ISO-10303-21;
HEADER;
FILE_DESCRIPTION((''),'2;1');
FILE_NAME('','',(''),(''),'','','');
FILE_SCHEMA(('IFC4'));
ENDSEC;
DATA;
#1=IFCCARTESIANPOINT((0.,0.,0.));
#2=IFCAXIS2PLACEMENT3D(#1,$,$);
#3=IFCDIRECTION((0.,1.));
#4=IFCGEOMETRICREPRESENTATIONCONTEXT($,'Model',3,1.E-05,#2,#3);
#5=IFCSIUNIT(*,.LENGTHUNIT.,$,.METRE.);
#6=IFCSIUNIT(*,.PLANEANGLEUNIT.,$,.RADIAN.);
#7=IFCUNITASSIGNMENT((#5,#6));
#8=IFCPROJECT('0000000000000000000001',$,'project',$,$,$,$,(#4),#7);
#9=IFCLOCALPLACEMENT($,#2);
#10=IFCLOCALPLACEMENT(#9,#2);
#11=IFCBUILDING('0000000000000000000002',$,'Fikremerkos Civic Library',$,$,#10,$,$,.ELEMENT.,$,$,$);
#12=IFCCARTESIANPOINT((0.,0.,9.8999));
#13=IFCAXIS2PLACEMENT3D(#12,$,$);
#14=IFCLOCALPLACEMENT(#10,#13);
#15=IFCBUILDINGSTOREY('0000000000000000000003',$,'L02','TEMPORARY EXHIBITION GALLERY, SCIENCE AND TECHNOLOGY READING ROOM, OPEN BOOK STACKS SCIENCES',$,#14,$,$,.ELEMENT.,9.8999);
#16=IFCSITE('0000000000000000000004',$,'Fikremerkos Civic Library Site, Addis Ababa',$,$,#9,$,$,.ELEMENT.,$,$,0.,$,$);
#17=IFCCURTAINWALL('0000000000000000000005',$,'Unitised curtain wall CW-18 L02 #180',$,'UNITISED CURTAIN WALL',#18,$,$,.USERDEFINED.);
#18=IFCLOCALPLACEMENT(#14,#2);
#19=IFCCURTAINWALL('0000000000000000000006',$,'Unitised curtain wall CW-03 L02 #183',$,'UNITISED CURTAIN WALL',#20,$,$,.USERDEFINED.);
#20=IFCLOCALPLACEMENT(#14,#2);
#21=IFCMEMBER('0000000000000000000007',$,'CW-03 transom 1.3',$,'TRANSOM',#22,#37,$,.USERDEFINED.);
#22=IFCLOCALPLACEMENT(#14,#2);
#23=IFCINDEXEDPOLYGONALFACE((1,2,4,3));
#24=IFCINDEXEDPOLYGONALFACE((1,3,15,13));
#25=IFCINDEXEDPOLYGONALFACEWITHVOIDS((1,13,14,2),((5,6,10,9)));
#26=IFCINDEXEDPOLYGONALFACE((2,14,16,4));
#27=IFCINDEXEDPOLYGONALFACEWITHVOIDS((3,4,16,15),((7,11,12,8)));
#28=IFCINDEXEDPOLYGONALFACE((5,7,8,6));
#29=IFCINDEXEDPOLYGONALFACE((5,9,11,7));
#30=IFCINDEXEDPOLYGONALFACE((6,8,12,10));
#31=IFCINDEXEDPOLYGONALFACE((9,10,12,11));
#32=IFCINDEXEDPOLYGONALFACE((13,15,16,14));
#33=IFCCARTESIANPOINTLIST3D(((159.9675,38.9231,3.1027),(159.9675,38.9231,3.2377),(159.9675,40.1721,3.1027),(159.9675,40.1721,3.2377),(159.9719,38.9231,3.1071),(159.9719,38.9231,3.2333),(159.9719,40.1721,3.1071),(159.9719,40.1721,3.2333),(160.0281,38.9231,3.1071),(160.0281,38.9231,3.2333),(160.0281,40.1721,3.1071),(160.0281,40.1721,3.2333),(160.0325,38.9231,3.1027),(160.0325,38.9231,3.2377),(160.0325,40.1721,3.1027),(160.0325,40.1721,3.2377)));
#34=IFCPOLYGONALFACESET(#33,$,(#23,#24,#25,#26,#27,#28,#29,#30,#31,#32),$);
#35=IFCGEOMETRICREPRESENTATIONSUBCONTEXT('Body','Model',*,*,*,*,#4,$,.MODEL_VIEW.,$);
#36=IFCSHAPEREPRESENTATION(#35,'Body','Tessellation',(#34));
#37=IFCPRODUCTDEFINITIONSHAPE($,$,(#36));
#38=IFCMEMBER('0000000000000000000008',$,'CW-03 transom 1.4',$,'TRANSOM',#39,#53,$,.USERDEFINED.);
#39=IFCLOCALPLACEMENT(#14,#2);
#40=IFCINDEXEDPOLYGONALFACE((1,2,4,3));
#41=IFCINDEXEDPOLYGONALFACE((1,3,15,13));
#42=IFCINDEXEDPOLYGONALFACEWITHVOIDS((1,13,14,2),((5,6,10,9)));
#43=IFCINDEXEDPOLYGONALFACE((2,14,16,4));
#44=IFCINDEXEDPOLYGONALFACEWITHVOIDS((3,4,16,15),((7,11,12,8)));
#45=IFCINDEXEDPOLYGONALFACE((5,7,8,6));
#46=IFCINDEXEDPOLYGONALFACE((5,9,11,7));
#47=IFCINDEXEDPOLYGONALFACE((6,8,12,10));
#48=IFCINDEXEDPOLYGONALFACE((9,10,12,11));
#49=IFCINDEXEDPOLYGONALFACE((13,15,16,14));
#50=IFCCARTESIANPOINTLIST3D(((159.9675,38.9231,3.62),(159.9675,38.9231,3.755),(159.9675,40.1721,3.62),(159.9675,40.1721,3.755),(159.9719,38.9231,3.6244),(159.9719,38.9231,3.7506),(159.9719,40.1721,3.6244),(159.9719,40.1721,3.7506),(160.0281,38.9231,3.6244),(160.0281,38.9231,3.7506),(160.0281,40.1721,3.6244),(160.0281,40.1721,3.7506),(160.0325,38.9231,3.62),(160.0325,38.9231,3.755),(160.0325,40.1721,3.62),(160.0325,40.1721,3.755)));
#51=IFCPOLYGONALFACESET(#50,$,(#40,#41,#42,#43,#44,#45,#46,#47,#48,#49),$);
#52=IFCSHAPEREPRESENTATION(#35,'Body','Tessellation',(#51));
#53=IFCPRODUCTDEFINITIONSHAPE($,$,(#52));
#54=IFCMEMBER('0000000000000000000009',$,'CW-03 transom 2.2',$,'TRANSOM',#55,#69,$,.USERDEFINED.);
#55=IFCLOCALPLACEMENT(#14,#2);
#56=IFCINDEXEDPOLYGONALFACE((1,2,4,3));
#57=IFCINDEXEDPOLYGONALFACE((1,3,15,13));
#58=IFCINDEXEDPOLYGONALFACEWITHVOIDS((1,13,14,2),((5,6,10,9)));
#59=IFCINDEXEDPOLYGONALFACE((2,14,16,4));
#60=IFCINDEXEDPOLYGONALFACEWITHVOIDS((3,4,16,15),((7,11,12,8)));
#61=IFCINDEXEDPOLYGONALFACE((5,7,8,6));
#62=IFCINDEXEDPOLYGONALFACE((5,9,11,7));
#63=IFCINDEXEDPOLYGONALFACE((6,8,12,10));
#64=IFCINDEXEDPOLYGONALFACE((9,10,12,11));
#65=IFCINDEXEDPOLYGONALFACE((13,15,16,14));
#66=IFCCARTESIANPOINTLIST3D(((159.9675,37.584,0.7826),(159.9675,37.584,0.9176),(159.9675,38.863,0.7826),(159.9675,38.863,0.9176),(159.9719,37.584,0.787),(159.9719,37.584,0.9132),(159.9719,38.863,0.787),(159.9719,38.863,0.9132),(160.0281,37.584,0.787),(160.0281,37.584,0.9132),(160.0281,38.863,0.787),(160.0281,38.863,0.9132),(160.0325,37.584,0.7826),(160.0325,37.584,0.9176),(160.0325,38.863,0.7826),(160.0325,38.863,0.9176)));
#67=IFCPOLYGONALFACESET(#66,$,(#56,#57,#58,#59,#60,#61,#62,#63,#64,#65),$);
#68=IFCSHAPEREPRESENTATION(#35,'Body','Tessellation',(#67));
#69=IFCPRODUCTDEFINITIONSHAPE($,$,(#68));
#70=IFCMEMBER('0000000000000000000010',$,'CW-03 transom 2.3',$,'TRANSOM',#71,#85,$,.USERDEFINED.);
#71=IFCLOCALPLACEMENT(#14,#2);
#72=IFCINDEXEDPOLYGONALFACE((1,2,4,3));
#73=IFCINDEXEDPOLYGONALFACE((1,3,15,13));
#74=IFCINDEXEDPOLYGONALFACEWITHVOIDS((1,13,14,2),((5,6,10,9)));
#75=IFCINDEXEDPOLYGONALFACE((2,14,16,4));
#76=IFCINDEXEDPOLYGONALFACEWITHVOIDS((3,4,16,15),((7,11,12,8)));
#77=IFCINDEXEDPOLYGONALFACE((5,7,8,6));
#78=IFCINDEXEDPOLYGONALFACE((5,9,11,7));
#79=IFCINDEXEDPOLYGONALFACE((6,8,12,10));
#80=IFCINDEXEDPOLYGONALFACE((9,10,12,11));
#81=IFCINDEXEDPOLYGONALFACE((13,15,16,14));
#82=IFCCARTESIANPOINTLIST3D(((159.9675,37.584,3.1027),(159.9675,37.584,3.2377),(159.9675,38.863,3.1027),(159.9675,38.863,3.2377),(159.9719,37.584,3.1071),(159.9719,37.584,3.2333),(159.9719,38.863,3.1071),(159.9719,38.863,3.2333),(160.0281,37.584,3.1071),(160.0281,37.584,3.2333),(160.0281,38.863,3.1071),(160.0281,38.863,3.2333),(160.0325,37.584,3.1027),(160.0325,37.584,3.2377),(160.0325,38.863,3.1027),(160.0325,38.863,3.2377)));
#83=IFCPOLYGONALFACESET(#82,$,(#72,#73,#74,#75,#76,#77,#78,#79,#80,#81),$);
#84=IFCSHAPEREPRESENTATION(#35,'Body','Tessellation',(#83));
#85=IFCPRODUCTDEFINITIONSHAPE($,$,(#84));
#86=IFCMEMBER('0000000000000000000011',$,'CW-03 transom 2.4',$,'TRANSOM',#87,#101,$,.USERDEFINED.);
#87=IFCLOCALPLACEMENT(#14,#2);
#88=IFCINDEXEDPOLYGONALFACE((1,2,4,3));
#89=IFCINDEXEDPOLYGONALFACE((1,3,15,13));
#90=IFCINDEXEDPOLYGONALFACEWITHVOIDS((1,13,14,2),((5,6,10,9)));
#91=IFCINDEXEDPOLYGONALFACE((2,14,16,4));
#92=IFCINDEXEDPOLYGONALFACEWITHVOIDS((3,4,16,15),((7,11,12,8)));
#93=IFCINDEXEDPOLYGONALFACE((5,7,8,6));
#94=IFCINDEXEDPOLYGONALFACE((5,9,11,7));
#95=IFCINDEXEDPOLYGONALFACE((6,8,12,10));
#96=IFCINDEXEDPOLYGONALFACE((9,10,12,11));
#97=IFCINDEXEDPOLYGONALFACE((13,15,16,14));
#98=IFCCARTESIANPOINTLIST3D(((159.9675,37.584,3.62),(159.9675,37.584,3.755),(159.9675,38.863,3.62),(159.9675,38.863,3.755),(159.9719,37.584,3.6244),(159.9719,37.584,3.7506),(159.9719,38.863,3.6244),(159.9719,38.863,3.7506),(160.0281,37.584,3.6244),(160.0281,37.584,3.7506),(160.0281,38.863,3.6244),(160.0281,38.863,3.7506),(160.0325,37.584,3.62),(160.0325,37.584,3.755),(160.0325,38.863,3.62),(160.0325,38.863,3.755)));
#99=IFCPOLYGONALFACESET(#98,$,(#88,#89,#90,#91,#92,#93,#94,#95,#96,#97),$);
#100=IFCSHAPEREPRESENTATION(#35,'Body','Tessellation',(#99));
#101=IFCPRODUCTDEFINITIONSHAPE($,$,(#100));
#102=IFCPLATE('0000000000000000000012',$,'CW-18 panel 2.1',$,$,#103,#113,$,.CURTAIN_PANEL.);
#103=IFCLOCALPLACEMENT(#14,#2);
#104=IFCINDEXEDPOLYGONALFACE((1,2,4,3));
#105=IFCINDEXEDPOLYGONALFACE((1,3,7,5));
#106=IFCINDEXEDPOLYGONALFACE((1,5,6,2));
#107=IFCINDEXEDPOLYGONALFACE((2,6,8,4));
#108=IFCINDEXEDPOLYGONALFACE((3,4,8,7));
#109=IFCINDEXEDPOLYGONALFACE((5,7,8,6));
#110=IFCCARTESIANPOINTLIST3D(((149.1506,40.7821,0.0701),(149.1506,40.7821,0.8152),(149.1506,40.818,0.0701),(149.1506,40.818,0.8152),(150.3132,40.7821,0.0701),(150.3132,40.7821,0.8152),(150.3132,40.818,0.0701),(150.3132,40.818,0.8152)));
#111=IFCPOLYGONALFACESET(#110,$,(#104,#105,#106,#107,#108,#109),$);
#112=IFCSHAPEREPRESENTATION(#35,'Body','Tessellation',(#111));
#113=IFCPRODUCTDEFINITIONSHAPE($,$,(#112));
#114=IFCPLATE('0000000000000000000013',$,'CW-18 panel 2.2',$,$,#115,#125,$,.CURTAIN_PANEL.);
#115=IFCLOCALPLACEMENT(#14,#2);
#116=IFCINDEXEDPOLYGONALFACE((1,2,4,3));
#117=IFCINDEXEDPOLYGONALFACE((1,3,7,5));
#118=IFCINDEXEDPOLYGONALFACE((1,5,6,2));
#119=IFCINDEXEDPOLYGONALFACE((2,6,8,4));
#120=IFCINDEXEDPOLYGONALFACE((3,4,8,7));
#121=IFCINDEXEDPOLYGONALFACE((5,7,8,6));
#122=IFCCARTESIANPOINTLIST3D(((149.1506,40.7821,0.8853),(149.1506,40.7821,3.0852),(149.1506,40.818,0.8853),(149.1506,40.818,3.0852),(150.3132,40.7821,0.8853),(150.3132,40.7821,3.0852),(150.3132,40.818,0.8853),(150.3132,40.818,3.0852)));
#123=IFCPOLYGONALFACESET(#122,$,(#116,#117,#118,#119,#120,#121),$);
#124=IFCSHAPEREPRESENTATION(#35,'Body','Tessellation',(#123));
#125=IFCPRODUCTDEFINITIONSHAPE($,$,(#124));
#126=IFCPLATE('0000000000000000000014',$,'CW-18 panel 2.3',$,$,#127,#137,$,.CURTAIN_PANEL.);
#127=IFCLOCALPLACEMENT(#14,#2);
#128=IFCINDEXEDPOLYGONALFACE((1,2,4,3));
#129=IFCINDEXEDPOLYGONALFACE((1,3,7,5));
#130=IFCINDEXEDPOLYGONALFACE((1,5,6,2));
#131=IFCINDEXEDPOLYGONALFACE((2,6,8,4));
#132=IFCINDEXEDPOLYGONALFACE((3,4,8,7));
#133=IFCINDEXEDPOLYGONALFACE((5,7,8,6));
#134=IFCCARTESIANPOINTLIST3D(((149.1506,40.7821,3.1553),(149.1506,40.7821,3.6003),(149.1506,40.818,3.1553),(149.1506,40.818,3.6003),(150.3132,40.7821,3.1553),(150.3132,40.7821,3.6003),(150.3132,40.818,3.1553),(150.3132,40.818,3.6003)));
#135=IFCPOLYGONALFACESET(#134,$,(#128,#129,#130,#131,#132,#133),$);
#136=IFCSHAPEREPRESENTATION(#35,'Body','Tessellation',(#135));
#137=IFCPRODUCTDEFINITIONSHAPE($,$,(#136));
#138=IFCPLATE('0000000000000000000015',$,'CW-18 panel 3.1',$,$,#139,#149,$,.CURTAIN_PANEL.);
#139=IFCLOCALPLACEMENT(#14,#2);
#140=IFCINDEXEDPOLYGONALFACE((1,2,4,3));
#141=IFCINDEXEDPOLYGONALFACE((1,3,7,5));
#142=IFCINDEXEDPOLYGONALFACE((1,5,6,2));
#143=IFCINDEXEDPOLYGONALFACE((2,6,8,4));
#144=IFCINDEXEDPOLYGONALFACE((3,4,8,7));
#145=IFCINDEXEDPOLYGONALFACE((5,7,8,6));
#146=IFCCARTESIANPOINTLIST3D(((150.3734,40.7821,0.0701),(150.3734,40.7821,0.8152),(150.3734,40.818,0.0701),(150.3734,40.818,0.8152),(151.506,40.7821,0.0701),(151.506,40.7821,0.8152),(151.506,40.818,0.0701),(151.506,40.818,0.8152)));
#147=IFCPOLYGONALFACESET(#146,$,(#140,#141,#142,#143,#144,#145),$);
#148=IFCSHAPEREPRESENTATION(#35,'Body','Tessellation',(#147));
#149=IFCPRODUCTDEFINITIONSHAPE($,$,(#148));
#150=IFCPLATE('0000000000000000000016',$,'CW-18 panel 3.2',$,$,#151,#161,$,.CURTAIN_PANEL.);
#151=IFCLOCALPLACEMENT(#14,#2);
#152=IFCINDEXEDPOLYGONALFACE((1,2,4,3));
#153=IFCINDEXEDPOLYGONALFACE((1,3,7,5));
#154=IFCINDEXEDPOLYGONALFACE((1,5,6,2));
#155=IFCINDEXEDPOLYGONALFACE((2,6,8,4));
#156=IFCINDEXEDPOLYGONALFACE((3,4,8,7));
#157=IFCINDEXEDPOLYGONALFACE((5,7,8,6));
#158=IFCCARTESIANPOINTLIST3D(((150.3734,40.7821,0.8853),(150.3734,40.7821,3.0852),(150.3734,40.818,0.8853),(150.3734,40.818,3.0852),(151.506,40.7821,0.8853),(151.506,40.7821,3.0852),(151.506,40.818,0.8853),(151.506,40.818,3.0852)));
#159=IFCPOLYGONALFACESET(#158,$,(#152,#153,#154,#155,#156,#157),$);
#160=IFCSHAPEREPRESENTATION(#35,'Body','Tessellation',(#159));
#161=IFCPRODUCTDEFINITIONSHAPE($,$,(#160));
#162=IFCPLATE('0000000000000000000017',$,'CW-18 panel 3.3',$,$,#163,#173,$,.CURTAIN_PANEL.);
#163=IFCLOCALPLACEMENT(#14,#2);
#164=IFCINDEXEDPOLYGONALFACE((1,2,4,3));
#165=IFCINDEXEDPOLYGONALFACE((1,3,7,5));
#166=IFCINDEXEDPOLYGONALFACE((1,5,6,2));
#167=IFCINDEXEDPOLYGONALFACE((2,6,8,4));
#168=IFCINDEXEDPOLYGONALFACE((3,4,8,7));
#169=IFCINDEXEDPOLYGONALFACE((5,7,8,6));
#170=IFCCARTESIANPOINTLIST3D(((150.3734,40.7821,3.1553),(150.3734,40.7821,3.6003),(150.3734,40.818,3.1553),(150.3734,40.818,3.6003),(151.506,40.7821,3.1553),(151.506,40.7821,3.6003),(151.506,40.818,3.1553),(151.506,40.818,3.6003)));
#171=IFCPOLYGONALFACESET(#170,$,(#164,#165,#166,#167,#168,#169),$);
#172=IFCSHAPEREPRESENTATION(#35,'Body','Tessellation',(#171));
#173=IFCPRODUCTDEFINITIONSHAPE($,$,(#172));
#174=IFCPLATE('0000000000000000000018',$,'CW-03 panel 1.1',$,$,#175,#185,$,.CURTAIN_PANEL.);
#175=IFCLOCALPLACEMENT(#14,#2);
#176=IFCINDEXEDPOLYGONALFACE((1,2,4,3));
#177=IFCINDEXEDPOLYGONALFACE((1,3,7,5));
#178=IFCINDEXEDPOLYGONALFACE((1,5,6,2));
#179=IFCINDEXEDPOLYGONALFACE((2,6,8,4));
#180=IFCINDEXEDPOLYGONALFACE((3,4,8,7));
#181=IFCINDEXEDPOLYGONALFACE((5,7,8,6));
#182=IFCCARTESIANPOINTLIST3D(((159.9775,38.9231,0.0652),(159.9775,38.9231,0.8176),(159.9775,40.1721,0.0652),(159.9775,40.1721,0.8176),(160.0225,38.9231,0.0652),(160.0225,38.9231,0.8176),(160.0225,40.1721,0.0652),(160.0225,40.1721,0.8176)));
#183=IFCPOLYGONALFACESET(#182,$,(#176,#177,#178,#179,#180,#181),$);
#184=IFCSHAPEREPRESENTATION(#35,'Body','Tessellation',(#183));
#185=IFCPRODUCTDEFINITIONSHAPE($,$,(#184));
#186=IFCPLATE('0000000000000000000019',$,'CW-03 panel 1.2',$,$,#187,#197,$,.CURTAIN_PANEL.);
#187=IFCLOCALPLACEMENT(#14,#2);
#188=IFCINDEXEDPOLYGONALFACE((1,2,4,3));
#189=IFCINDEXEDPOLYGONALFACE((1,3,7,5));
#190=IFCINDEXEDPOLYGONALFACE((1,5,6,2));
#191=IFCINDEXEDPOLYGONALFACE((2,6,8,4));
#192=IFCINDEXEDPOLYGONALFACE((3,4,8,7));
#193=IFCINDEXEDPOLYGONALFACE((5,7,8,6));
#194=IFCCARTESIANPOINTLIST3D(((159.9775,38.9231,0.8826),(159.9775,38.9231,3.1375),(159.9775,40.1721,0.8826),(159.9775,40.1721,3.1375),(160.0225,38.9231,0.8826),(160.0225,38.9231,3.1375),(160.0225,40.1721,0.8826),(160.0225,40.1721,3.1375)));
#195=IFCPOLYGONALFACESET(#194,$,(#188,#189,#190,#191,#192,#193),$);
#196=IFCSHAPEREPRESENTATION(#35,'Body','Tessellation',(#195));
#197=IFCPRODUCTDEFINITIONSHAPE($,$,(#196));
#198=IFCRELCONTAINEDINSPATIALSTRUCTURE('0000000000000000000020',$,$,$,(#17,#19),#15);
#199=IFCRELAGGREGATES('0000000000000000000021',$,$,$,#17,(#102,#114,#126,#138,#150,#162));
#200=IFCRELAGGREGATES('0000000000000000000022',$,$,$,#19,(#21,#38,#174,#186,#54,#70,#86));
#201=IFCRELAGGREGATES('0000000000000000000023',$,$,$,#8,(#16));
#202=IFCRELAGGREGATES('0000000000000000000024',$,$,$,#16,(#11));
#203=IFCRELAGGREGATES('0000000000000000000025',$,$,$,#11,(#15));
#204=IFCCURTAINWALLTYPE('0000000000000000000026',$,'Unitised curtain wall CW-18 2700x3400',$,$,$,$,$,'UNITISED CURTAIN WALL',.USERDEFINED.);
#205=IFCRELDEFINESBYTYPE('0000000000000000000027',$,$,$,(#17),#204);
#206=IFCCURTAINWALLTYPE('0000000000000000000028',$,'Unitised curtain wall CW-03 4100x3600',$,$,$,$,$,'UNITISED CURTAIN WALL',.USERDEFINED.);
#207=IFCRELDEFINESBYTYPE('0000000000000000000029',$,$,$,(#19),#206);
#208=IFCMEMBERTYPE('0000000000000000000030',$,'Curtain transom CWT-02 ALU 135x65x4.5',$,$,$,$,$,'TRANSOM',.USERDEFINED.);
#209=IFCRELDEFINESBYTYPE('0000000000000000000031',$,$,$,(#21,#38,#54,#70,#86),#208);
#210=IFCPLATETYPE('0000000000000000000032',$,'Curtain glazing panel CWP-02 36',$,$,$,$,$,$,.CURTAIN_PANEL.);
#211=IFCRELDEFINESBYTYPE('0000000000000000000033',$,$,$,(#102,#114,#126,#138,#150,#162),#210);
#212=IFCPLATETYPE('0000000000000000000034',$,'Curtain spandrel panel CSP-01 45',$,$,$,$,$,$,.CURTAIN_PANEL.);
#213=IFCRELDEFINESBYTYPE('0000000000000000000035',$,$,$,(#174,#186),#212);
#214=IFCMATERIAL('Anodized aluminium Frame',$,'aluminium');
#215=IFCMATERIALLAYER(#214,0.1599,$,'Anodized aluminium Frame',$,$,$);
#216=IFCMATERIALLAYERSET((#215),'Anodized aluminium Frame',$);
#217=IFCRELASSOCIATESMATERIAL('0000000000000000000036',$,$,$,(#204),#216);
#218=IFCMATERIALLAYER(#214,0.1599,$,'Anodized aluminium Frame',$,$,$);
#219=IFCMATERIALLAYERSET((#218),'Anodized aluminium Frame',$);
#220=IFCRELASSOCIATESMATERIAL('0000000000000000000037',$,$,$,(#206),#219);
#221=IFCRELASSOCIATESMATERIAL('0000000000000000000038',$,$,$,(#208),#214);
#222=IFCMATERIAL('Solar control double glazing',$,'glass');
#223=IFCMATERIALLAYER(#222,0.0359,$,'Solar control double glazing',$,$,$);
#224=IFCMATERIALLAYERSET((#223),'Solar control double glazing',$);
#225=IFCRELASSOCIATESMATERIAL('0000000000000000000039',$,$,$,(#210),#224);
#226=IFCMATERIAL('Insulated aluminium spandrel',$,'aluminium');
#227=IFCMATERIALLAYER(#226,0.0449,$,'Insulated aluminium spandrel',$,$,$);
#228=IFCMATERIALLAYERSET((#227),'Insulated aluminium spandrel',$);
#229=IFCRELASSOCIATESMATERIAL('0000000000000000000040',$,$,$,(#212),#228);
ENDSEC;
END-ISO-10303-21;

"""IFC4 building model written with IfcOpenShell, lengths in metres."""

from ifc_helpers import new_model, si_unit, direction, frame, origin, origin_2d, place, context, subcontext, project, spatial, rectangle, hollow_rectangle, extrude, material, layer, layer_set, material_profile, profile_set, type_object, element, aggregate, save


model = new_model("IFC4")

# Units and contexts
model_context = context("Model", 3, precision=1e-05, world=origin(), true_north=direction((0.0, 1.0)))
body_context = subcontext(model_context, "Body", "Model", "MODEL_VIEW")
ifc_project = project(units=[si_unit("LENGTHUNIT", "METRE"), si_unit("PLANEANGLEUNIT", "RADIAN")], contexts=[model_context])

# Site, building, storey
site_placement = place(None, origin())
site = spatial("IfcSite", under=ifc_project, at=site_placement, Name="Fikremerkos Civic Library Site, Addis Ababa", CompositionType="ELEMENT", RefElevation=0.0)
building_placement = place(site_placement, origin())
building = spatial("IfcBuilding", under=site, at=building_placement, Name="Fikremerkos Civic Library", CompositionType="ELEMENT")
storey_placement = place(building_placement, frame((0.0, 0.0, 9.8999)))
storey = spatial("IfcBuildingStorey", under=building, at=storey_placement, Name="L02", Description="TEMPORARY EXHIBITION GALLERY, SCIENCE AND TECHNOLOGY READING ROOM, OPEN BOOK STACKS SCIENCES", CompositionType="ELEMENT", Elevation=9.8999)

# Curtain wall
ifc_material_1 = material(Name="Anodized aluminium Frame", Category="aluminium")
ifc_layer_1 = layer(ifc_material_1, 0.1599, Name="Anodized aluminium Frame")
ifc_layer_set_1 = layer_set([ifc_layer_1], Name="Anodized aluminium Frame")
curtain_wall_type_1 = type_object("IfcCurtainWallType", Name="Unitised curtain wall CW-18 2700x3400", ElementType="UNITISED CURTAIN WALL", PredefinedType="USERDEFINED", material=ifc_layer_set_1)
curtain_wall_1_placement = place(storey_placement, origin())
curtain_wall_1 = element("IfcCurtainWall", 1, at=curtain_wall_1_placement, inside=storey, type_object=curtain_wall_type_1, Name="Unitised curtain wall CW-18 L02 #180", ObjectType="UNITISED CURTAIN WALL", PredefinedType="USERDEFINED")

# Curtain wall
ifc_layer_2 = layer(ifc_material_1, 0.1599, Name="Anodized aluminium Frame")
ifc_layer_set_2 = layer_set([ifc_layer_2], Name="Anodized aluminium Frame")
curtain_wall_type_2 = type_object("IfcCurtainWallType", Name="Unitised curtain wall CW-03 4100x3600", ElementType="UNITISED CURTAIN WALL", PredefinedType="USERDEFINED", material=ifc_layer_set_2)
curtain_wall_2_placement = place(storey_placement, origin())
curtain_wall_2 = element("IfcCurtainWall", 2, at=curtain_wall_2_placement, inside=storey, type_object=curtain_wall_type_2, Name="Unitised curtain wall CW-03 L02 #183", ObjectType="UNITISED CURTAIN WALL", PredefinedType="USERDEFINED")

# Members
ifc_material_profile_1 = material_profile(ifc_material_1, hollow_rectangle(XDim=0.0649, YDim=0.135, WallThickness=0.0044, at=origin_2d()), Name="ALU 135x65x4.5")
ifc_profile_set_1 = profile_set([ifc_material_profile_1], Name="Anodized aluminium Frame")
member_type_1 = type_object("IfcMemberType", Name="Curtain transom CWT-02 ALU 135x65x4.5", ElementType="TRANSOM", PredefinedType="USERDEFINED", material=ifc_profile_set_1)
member_1_placement = place(storey_placement, frame((160.0, 40.1721, 3.1702), z_axis=(0.0, -1.0, 0.0), x_axis=(1.0, 0.0, 0.0)))
member_1 = element("IfcMember", 3, at=member_1_placement, type_object=member_type_1, Name="CW-03 transom 1.3", ObjectType="TRANSOM", PredefinedType="USERDEFINED", context=body_context, shape_type="SweptSolid", body=[
    extrude(hollow_rectangle(XDim=0.0649, YDim=0.135, WallThickness=0.0044, at=origin_2d()), origin(), (0.0, 0.0, 1.0), 1.249),
])
member_2_placement = place(storey_placement, frame((160.0, 40.1721, 3.6875), z_axis=(0.0, -1.0, 0.0), x_axis=(1.0, 0.0, 0.0)))
member_2 = element("IfcMember", 4, at=member_2_placement, type_object=member_type_1, Name="CW-03 transom 1.4", ObjectType="TRANSOM", PredefinedType="USERDEFINED", context=body_context, shape_type="SweptSolid", body=[
    extrude(hollow_rectangle(XDim=0.0649, YDim=0.135, WallThickness=0.0044, at=origin_2d()), origin(), (0.0, 0.0, 1.0), 1.249),
])
member_3_placement = place(storey_placement, frame((160.0, 38.863, 0.8501), z_axis=(0.0, -1.0, 0.0), x_axis=(1.0, 0.0, 0.0)))
member_3 = element("IfcMember", 5, at=member_3_placement, type_object=member_type_1, Name="CW-03 transom 2.2", ObjectType="TRANSOM", PredefinedType="USERDEFINED", context=body_context, shape_type="SweptSolid", body=[
    extrude(hollow_rectangle(XDim=0.0649, YDim=0.135, WallThickness=0.0044, at=origin_2d()), origin(), (0.0, 0.0, 1.0), 1.2791),
])
member_4_placement = place(storey_placement, frame((160.0, 38.863, 3.1702), z_axis=(0.0, -1.0, 0.0), x_axis=(1.0, 0.0, 0.0)))
member_4 = element("IfcMember", 6, at=member_4_placement, type_object=member_type_1, Name="CW-03 transom 2.3", ObjectType="TRANSOM", PredefinedType="USERDEFINED", context=body_context, shape_type="SweptSolid", body=[
    extrude(hollow_rectangle(XDim=0.0649, YDim=0.135, WallThickness=0.0044, at=origin_2d()), origin(), (0.0, 0.0, 1.0), 1.2791),
])
member_5_placement = place(storey_placement, frame((160.0, 38.863, 3.6875), z_axis=(0.0, -1.0, 0.0), x_axis=(1.0, 0.0, 0.0)))
member_5 = element("IfcMember", 7, at=member_5_placement, type_object=member_type_1, Name="CW-03 transom 2.4", ObjectType="TRANSOM", PredefinedType="USERDEFINED", context=body_context, shape_type="SweptSolid", body=[
    extrude(hollow_rectangle(XDim=0.0649, YDim=0.135, WallThickness=0.0044, at=origin_2d()), origin(), (0.0, 0.0, 1.0), 1.2791),
])

# Plates
ifc_material_2 = material(Name="Solar control double glazing", Category="glass")
ifc_layer_3 = layer(ifc_material_2, 0.0359, Name="Solar control double glazing")
ifc_layer_set_3 = layer_set([ifc_layer_3], Name="Solar control double glazing")
plate_type_1 = type_object("IfcPlateType", Name="Curtain glazing panel CWP-02 36", PredefinedType="CURTAIN_PANEL", material=ifc_layer_set_3)
plate_1_placement = place(storey_placement, frame((149.7319, 40.8, 0.0701), z_axis=(0.0, 0.0, 1.0), x_axis=(1.0, 0.0, 0.0)))
plate_1 = element("IfcPlate", 8, at=plate_1_placement, type_object=plate_type_1, Name="CW-18 panel 2.1", PredefinedType="CURTAIN_PANEL", context=body_context, shape_type="SweptSolid", body=[
    extrude(rectangle(XDim=1.1626, YDim=0.0359, at=origin_2d()), origin(), (0.0, 0.0, 1.0), 0.7451),
])
plate_2_placement = place(storey_placement, frame((149.7319, 40.8, 0.8853), z_axis=(0.0, 0.0, 1.0), x_axis=(1.0, 0.0, 0.0)))
plate_2 = element("IfcPlate", 9, at=plate_2_placement, type_object=plate_type_1, Name="CW-18 panel 2.2", PredefinedType="CURTAIN_PANEL", context=body_context, shape_type="SweptSolid", body=[
    extrude(rectangle(XDim=1.1626, YDim=0.0359, at=origin_2d()), origin(), (0.0, 0.0, 1.0), 2.2),
])
plate_3_placement = place(storey_placement, frame((149.7319, 40.8, 3.1553), z_axis=(0.0, 0.0, 1.0), x_axis=(1.0, 0.0, 0.0)))
plate_3 = element("IfcPlate", 10, at=plate_3_placement, type_object=plate_type_1, Name="CW-18 panel 2.3", PredefinedType="CURTAIN_PANEL", context=body_context, shape_type="SweptSolid", body=[
    extrude(rectangle(XDim=1.1626, YDim=0.0359, at=origin_2d()), origin(), (0.0, 0.0, 1.0), 0.4451),
])
plate_4_placement = place(storey_placement, frame((150.9397, 40.8, 0.0701), z_axis=(0.0, 0.0, 1.0), x_axis=(1.0, 0.0, 0.0)))
plate_4 = element("IfcPlate", 11, at=plate_4_placement, type_object=plate_type_1, Name="CW-18 panel 3.1", PredefinedType="CURTAIN_PANEL", context=body_context, shape_type="SweptSolid", body=[
    extrude(rectangle(XDim=1.1326, YDim=0.0359, at=origin_2d()), origin(), (0.0, 0.0, 1.0), 0.7451),
])
plate_5_placement = place(storey_placement, frame((150.9397, 40.8, 0.8853), z_axis=(0.0, 0.0, 1.0), x_axis=(1.0, 0.0, 0.0)))
plate_5 = element("IfcPlate", 12, at=plate_5_placement, type_object=plate_type_1, Name="CW-18 panel 3.2", PredefinedType="CURTAIN_PANEL", context=body_context, shape_type="SweptSolid", body=[
    extrude(rectangle(XDim=1.1326, YDim=0.0359, at=origin_2d()), origin(), (0.0, 0.0, 1.0), 2.2),
])
plate_6_placement = place(storey_placement, frame((150.9397, 40.8, 3.1553), z_axis=(0.0, 0.0, 1.0), x_axis=(1.0, 0.0, 0.0)))
plate_6 = element("IfcPlate", 13, at=plate_6_placement, type_object=plate_type_1, Name="CW-18 panel 3.3", PredefinedType="CURTAIN_PANEL", context=body_context, shape_type="SweptSolid", body=[
    extrude(rectangle(XDim=1.1326, YDim=0.0359, at=origin_2d()), origin(), (0.0, 0.0, 1.0), 0.4451),
])
aggregate(curtain_wall_1, [plate_1, plate_2, plate_3, plate_4, plate_5, plate_6])
ifc_material_3 = material(Name="Insulated aluminium spandrel", Category="aluminium")
ifc_layer_4 = layer(ifc_material_3, 0.0449, Name="Insulated aluminium spandrel")
ifc_layer_set_4 = layer_set([ifc_layer_4], Name="Insulated aluminium spandrel")
plate_type_2 = type_object("IfcPlateType", Name="Curtain spandrel panel CSP-01 45", PredefinedType="CURTAIN_PANEL", material=ifc_layer_set_4)
plate_7_placement = place(storey_placement, frame((160.0, 39.5476, 0.0652), z_axis=(0.0, 0.0, 1.0), x_axis=(0.0, -1.0, 0.0)))
plate_7 = element("IfcPlate", 14, at=plate_7_placement, type_object=plate_type_2, Name="CW-03 panel 1.1", PredefinedType="CURTAIN_PANEL", context=body_context, shape_type="SweptSolid", body=[
    extrude(rectangle(XDim=1.249, YDim=0.0449, at=origin_2d()), origin(), (0.0, 0.0, 1.0), 0.7524),
])
plate_8_placement = place(storey_placement, frame((160.0, 39.5476, 0.8826), z_axis=(0.0, 0.0, 1.0), x_axis=(0.0, -1.0, 0.0)))
plate_8 = element("IfcPlate", 15, at=plate_8_placement, type_object=plate_type_2, Name="CW-03 panel 1.2", PredefinedType="CURTAIN_PANEL", context=body_context, shape_type="SweptSolid", body=[
    extrude(rectangle(XDim=1.249, YDim=0.0449, at=origin_2d()), origin(), (0.0, 0.0, 1.0), 2.2549),
])
aggregate(curtain_wall_2, [member_1, member_2, plate_7, plate_8, member_3, member_4, member_5])

save(model, "model.ifc")
